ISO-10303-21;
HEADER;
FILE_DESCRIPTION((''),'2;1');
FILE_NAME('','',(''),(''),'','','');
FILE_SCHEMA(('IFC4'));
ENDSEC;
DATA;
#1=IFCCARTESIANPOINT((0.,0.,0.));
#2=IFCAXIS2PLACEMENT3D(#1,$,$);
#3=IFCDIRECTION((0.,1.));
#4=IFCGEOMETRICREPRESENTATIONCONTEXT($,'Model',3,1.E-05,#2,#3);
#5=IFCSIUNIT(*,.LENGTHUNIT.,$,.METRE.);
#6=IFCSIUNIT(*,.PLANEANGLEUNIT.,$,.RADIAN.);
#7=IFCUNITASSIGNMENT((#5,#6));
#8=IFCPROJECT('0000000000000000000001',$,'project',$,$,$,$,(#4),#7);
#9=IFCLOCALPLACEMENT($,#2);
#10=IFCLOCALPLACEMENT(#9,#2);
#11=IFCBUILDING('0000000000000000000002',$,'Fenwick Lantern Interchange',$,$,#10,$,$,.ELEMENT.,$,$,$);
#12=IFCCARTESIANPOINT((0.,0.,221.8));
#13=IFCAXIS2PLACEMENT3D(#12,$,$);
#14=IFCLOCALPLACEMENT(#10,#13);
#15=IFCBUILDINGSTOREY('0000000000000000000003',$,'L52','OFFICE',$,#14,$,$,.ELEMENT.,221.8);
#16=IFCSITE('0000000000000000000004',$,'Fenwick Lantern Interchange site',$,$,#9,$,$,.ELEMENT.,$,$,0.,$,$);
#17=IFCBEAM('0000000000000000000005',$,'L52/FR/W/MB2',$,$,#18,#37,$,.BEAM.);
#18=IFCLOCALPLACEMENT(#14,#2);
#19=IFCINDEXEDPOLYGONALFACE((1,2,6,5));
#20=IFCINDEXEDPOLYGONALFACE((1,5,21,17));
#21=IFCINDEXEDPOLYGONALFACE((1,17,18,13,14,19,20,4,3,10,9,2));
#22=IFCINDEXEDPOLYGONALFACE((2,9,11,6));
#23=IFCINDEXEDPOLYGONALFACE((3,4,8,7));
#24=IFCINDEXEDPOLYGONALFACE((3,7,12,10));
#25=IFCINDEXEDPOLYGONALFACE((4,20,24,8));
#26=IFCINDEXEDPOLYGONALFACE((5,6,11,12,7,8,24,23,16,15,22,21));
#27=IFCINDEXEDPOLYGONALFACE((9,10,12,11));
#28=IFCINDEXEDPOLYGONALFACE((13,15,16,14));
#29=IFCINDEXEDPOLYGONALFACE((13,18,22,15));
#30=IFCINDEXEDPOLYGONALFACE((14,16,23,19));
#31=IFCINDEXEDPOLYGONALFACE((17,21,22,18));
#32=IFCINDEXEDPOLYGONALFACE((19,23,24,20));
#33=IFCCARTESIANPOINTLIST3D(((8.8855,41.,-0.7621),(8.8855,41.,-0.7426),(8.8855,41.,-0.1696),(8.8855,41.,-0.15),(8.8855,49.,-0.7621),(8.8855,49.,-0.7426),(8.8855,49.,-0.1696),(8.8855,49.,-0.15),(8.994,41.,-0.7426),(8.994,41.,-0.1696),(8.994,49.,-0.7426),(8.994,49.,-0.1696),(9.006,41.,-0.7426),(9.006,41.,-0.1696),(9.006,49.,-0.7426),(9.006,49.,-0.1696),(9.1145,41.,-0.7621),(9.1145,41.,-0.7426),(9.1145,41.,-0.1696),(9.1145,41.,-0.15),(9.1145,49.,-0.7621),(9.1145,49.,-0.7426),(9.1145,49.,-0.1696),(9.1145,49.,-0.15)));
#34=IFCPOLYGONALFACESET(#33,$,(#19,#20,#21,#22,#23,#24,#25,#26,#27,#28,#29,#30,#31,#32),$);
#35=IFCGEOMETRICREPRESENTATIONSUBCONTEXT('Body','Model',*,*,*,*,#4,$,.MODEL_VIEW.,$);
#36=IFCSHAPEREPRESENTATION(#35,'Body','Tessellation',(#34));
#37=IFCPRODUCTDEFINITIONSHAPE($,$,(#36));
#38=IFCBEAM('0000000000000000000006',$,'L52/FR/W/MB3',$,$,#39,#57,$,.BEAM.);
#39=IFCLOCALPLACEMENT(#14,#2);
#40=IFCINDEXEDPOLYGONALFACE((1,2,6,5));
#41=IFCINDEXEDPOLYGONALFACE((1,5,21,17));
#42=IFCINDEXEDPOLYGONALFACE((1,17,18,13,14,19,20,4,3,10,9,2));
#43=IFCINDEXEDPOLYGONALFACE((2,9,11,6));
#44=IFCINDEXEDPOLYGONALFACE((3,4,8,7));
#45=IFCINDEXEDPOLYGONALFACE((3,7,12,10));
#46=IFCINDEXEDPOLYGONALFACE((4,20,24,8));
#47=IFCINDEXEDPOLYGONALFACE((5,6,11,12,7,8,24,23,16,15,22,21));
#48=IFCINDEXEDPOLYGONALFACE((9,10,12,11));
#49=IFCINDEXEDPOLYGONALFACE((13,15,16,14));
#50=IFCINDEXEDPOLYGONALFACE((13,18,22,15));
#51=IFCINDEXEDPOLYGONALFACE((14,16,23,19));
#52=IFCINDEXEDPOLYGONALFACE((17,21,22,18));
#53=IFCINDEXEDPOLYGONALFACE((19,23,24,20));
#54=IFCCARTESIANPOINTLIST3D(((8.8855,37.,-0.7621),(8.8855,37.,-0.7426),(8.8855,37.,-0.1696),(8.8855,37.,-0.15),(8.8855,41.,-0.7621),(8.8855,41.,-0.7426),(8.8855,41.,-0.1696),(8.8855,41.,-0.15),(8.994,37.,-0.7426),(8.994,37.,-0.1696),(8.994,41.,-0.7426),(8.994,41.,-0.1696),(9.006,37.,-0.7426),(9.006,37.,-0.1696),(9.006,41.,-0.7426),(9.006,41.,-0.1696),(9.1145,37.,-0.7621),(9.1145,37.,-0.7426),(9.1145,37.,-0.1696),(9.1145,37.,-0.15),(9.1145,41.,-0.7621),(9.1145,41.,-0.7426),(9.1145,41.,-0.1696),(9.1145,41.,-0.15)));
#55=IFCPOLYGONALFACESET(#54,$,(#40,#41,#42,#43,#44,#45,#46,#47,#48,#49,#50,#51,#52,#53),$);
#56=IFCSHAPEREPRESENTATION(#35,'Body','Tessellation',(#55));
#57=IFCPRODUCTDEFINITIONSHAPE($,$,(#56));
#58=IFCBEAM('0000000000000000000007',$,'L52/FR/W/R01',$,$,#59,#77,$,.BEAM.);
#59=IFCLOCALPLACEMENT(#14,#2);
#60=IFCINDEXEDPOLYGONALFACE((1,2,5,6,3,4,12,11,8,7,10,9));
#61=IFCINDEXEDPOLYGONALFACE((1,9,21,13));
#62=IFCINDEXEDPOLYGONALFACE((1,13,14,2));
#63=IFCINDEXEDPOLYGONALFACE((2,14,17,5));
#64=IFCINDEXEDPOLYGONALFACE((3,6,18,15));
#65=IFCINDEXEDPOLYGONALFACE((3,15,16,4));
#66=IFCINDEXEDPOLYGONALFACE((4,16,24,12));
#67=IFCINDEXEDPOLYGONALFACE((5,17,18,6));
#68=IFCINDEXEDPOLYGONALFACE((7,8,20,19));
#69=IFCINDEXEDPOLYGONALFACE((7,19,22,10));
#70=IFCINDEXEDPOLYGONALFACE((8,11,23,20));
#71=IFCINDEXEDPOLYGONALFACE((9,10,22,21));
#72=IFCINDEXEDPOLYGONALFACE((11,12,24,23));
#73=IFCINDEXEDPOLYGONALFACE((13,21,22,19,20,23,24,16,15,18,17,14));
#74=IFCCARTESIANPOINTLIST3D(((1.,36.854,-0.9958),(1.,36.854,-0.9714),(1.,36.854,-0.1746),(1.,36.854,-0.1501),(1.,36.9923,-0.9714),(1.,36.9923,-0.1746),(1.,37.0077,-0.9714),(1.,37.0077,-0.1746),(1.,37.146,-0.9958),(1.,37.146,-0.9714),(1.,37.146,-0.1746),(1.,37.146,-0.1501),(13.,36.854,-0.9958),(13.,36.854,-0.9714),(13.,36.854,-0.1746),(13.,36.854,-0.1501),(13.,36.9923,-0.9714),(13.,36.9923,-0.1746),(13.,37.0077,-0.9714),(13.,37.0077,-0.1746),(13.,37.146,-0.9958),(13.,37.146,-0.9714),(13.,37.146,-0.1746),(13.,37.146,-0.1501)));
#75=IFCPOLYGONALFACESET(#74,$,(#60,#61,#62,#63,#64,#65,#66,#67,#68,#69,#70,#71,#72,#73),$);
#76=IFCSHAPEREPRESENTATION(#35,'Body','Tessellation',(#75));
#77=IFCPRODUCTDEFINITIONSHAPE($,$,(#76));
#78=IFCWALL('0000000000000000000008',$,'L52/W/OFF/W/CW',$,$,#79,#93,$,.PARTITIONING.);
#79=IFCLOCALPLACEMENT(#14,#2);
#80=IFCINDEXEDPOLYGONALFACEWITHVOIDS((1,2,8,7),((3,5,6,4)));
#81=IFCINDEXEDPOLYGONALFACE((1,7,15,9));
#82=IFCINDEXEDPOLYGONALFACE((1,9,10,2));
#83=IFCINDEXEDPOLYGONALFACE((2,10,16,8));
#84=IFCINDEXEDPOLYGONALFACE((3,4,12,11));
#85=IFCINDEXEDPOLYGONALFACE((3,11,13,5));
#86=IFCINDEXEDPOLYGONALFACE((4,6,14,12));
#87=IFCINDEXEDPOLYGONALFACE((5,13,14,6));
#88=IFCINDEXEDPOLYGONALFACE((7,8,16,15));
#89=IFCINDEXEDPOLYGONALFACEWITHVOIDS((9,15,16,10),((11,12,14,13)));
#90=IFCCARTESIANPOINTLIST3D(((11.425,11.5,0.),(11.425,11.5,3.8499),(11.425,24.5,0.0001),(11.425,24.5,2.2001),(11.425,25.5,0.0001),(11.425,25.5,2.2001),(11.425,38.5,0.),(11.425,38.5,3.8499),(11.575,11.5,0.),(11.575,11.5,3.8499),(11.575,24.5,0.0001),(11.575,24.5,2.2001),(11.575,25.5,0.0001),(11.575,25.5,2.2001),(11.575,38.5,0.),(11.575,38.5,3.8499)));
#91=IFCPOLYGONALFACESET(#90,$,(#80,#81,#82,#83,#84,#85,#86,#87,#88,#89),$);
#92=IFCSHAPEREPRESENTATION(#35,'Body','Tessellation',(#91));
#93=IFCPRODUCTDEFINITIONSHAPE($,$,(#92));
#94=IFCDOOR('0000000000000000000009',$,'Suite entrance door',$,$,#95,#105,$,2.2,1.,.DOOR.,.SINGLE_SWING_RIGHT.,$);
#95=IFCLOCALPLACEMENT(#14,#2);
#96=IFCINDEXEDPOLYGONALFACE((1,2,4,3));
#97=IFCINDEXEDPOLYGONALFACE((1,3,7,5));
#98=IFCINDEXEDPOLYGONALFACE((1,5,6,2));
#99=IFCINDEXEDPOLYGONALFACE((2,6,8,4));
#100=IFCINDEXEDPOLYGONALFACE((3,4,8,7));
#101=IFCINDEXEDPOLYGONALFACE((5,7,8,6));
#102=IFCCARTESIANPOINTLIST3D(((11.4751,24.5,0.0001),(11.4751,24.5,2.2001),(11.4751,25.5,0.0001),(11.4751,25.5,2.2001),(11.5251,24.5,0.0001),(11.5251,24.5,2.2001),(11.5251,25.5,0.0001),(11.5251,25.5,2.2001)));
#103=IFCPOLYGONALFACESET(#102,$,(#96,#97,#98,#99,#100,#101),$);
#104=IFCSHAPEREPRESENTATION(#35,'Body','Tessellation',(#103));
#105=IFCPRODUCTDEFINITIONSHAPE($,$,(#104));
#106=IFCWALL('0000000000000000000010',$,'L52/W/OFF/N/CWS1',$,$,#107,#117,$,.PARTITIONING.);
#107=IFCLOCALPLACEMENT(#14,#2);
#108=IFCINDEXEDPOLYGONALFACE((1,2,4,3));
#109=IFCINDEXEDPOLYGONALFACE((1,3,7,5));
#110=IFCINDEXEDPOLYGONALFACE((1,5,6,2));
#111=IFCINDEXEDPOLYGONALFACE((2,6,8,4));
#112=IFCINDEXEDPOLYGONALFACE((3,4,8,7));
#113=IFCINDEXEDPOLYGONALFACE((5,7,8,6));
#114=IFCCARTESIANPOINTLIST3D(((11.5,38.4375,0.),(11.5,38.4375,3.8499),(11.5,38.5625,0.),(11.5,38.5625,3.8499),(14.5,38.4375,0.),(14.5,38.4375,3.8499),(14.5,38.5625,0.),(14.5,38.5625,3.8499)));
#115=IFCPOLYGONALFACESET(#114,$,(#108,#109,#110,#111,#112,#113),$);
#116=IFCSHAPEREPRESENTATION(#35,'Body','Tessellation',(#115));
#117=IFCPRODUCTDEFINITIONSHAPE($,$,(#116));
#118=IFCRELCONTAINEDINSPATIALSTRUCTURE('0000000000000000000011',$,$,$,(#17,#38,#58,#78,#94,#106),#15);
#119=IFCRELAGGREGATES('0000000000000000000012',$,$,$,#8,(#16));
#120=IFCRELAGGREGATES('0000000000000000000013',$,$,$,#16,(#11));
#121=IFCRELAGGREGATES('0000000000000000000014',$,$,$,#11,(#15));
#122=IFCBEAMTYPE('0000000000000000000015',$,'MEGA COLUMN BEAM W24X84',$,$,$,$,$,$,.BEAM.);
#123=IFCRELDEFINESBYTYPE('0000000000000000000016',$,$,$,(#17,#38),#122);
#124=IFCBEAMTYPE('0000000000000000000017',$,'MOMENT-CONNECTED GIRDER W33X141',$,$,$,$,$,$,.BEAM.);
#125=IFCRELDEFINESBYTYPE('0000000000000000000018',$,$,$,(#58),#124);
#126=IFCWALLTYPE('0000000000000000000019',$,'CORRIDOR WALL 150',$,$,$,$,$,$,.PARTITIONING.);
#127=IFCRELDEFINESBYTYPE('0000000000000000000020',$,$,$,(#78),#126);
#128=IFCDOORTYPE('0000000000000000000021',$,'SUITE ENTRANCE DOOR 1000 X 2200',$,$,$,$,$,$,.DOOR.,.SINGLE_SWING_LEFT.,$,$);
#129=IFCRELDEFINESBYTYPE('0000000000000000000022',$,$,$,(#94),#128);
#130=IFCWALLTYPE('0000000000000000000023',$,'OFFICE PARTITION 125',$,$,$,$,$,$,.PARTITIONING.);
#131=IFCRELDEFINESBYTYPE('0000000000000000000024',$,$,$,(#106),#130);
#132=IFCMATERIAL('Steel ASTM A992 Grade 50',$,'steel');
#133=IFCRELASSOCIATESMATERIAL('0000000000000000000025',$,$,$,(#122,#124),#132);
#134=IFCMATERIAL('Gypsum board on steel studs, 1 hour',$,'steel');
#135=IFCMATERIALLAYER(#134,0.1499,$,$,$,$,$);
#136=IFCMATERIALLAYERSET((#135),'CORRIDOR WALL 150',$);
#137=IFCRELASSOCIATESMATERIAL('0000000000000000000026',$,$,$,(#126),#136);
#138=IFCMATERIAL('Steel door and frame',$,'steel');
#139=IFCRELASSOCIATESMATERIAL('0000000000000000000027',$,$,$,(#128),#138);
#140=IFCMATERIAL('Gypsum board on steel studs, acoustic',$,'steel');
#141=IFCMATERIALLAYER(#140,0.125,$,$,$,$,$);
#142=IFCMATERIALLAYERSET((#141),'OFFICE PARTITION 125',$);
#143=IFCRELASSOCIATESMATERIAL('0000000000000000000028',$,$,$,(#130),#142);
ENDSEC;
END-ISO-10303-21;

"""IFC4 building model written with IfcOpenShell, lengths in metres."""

from ifc_helpers import new_model, si_unit, direction, frame, frame_2d, origin, origin_2d, place, context, subcontext, project, spatial, rectangle, i_section, extrude, material, layer, layer_set, material_profile, profile_set, type_object, element, fill, save


model = new_model("IFC4")

# Units and contexts
model_context = context("Model", 3, precision=1e-05, world=origin(), true_north=direction((0.0, 1.0)))
body_context = subcontext(model_context, "Body", "Model", "MODEL_VIEW")
ifc_project = project(units=[si_unit("LENGTHUNIT", "METRE"), si_unit("PLANEANGLEUNIT", "RADIAN")], contexts=[model_context])

# Site, building, storey
site_placement = place(None, origin())
site = spatial("IfcSite", under=ifc_project, at=site_placement, Name="Fenwick Lantern Interchange site", CompositionType="ELEMENT", RefElevation=0.0)
building_placement = place(site_placement, origin())
building = spatial("IfcBuilding", under=site, at=building_placement, Name="Fenwick Lantern Interchange", CompositionType="ELEMENT")
storey_placement = place(building_placement, frame((0.0, 0.0, 221.8)))
storey = spatial("IfcBuildingStorey", under=building, at=storey_placement, Name="L52", Description="OFFICE", CompositionType="ELEMENT", Elevation=221.8)

# Beams
ifc_material_1 = material(Name="Steel ASTM A992 Grade 50", Category="steel")
ifc_material_profile_1 = material_profile(ifc_material_1, i_section(OverallWidth=0.229, OverallDepth=0.6121, WebThickness=0.012, FlangeThickness=0.0195, at=origin_2d()), Name="W24X84")
ifc_profile_set_1 = profile_set([ifc_material_profile_1], Name="Steel ASTM A992 Grade 50")
beam_type_1 = type_object("IfcBeamType", Name="MEGA COLUMN BEAM W24X84", PredefinedType="BEAM", material=ifc_profile_set_1)
for number, where, z_axis, x_axis, name in (
    (1, (9.0, 41.0, -0.4561), (0.0, 1.0, 0.0), (-1.0, 0.0, 0.0), "L52/FR/W/MB2"),
):
    element("IfcBeam", number, at=place(storey_placement, frame(where, z_axis=z_axis, x_axis=x_axis)), inside=storey, type_object=beam_type_1, Name=name, PredefinedType="BEAM", context=body_context, shape_type="SweptSolid", body=[
        extrude(i_section(OverallWidth=0.229, OverallDepth=0.6121, WebThickness=0.012, FlangeThickness=0.0195, at=origin_2d()), origin(), (0.0, 0.0, 1.0), 8.0),
    ])
beam_1_placement = place(storey_placement, frame((9.0, 41.0, -0.4561), z_axis=(0.0, -1.0, 0.0), x_axis=(1.0, 0.0, 0.0)))
element("IfcBeam", 2, at=beam_1_placement, inside=storey, type_object=beam_type_1, Name="L52/FR/W/MB3", PredefinedType="BEAM", context=body_context, shape_type="SweptSolid", body=[
    extrude(i_section(OverallWidth=0.229, OverallDepth=0.6121, WebThickness=0.012, FlangeThickness=0.0195, at=origin_2d()), origin(), (0.0, 0.0, 1.0), 4.0),
])
ifc_material_profile_2 = material_profile(ifc_material_1, i_section(OverallWidth=0.292, OverallDepth=0.8457, WebThickness=0.0154, FlangeThickness=0.0244, at=origin_2d()), Name="W33X141")
ifc_profile_set_2 = profile_set([ifc_material_profile_2], Name="Steel ASTM A992 Grade 50")
beam_type_2 = type_object("IfcBeamType", Name="MOMENT-CONNECTED GIRDER W33X141", PredefinedType="BEAM", material=ifc_profile_set_2)
beam_2_placement = place(storey_placement, frame((1.0, 37.0, -0.573), z_axis=(1.0, 0.0, 0.0), x_axis=(0.0, 1.0, 0.0)))
element("IfcBeam", 3, at=beam_2_placement, inside=storey, type_object=beam_type_2, Name="L52/FR/W/R01", PredefinedType="BEAM", context=body_context, shape_type="SweptSolid", body=[
    extrude(i_section(OverallWidth=0.292, OverallDepth=0.8457, WebThickness=0.0154, FlangeThickness=0.0244, at=origin_2d()), origin(), (0.0, 0.0, 1.0), 12.0),
])

# Wall, opening, door
ifc_material_2 = material(Name="Gypsum board on steel studs, 1 hour", Category="steel")
ifc_layer_1 = layer(ifc_material_2, 0.1499)
ifc_layer_set_1 = layer_set([ifc_layer_1], Name="CORRIDOR WALL 150")
wall_type_1 = type_object("IfcWallType", Name="CORRIDOR WALL 150", PredefinedType="PARTITIONING", material=ifc_layer_set_1)
wall_1_placement = place(storey_placement, frame((11.5, 38.5, 0.0), z_axis=(0.0, 0.0, 1.0), x_axis=(0.0, -1.0, 0.0)))
wall_1 = element("IfcWall", 4, at=wall_1_placement, inside=storey, type_object=wall_type_1, Name="L52/W/OFF/W/CW", PredefinedType="PARTITIONING", context=body_context, shape_type="SweptSolid", body=[
    extrude(rectangle(XDim=27.0, YDim=0.1499, at=frame_2d((13.5, 0.0))), origin(), (0.0, 0.0, 1.0), 3.8499),
])
opening_placement = place(wall_1_placement, frame((13.0, 0.0, 0.0)))
opening = element("IfcOpeningElement", 5, at=opening_placement, cuts=wall_1, PredefinedType="OPENING", context=body_context, shape_type="SweptSolid", body=[
    extrude(rectangle(XDim=1.0, YDim=2.2, at=frame_2d((0.5, 1.1001))), frame((0.0, 0.085, 0.0), z_axis=(0.0, -1.0, 0.0), x_axis=(1.0, 0.0, 0.0)), (0.0, 0.0, 1.0), 0.1699),
])
ifc_material_3 = material(Name="Steel door and frame", Category="steel")
door_type = type_object("IfcDoorType", Name="SUITE ENTRANCE DOOR 1000 X 2200", OperationType="SINGLE_SWING_LEFT", PredefinedType="DOOR", material=ifc_material_3)
door_placement = place(opening_placement, frame((1.0, 0.0, 0.0), z_axis=(0.0, 0.0, 1.0), x_axis=(-1.0, 0.0, 0.0)))
door = element("IfcDoor", 6, at=door_placement, inside=storey, type_object=door_type, Name="Suite entrance door", OperationType="SINGLE_SWING_RIGHT", OverallHeight=2.2, OverallWidth=1.0, PredefinedType="DOOR", context=body_context, shape_type="SweptSolid", body=[
    extrude(rectangle(XDim=1.0, YDim=2.2, at=frame_2d((0.5, 1.1001))), frame((0.0, 0.0249, 0.0), z_axis=(0.0, -1.0, 0.0), x_axis=(1.0, 0.0, 0.0)), (0.0, 0.0, 1.0), 0.05),
])
fill(opening, door)

# Wall
ifc_material_4 = material(Name="Gypsum board on steel studs, acoustic", Category="steel")
ifc_layer_2 = layer(ifc_material_4, 0.125)
ifc_layer_set_2 = layer_set([ifc_layer_2], Name="OFFICE PARTITION 125")
wall_type_2 = type_object("IfcWallType", Name="OFFICE PARTITION 125", PredefinedType="PARTITIONING", material=ifc_layer_set_2)
wall_2_placement = place(storey_placement, frame((14.5, 38.5, 0.0), z_axis=(0.0, 0.0, 1.0), x_axis=(-1.0, 0.0, 0.0)))
element("IfcWall", 7, at=wall_2_placement, inside=storey, type_object=wall_type_2, Name="L52/W/OFF/N/CWS1", PredefinedType="PARTITIONING", context=body_context, shape_type="SweptSolid", body=[
    extrude(rectangle(XDim=3.0, YDim=0.125, at=frame_2d((1.5, 0.0))), origin(), (0.0, 0.0, 1.0), 3.8499),
])

save(model, "model.ifc")
